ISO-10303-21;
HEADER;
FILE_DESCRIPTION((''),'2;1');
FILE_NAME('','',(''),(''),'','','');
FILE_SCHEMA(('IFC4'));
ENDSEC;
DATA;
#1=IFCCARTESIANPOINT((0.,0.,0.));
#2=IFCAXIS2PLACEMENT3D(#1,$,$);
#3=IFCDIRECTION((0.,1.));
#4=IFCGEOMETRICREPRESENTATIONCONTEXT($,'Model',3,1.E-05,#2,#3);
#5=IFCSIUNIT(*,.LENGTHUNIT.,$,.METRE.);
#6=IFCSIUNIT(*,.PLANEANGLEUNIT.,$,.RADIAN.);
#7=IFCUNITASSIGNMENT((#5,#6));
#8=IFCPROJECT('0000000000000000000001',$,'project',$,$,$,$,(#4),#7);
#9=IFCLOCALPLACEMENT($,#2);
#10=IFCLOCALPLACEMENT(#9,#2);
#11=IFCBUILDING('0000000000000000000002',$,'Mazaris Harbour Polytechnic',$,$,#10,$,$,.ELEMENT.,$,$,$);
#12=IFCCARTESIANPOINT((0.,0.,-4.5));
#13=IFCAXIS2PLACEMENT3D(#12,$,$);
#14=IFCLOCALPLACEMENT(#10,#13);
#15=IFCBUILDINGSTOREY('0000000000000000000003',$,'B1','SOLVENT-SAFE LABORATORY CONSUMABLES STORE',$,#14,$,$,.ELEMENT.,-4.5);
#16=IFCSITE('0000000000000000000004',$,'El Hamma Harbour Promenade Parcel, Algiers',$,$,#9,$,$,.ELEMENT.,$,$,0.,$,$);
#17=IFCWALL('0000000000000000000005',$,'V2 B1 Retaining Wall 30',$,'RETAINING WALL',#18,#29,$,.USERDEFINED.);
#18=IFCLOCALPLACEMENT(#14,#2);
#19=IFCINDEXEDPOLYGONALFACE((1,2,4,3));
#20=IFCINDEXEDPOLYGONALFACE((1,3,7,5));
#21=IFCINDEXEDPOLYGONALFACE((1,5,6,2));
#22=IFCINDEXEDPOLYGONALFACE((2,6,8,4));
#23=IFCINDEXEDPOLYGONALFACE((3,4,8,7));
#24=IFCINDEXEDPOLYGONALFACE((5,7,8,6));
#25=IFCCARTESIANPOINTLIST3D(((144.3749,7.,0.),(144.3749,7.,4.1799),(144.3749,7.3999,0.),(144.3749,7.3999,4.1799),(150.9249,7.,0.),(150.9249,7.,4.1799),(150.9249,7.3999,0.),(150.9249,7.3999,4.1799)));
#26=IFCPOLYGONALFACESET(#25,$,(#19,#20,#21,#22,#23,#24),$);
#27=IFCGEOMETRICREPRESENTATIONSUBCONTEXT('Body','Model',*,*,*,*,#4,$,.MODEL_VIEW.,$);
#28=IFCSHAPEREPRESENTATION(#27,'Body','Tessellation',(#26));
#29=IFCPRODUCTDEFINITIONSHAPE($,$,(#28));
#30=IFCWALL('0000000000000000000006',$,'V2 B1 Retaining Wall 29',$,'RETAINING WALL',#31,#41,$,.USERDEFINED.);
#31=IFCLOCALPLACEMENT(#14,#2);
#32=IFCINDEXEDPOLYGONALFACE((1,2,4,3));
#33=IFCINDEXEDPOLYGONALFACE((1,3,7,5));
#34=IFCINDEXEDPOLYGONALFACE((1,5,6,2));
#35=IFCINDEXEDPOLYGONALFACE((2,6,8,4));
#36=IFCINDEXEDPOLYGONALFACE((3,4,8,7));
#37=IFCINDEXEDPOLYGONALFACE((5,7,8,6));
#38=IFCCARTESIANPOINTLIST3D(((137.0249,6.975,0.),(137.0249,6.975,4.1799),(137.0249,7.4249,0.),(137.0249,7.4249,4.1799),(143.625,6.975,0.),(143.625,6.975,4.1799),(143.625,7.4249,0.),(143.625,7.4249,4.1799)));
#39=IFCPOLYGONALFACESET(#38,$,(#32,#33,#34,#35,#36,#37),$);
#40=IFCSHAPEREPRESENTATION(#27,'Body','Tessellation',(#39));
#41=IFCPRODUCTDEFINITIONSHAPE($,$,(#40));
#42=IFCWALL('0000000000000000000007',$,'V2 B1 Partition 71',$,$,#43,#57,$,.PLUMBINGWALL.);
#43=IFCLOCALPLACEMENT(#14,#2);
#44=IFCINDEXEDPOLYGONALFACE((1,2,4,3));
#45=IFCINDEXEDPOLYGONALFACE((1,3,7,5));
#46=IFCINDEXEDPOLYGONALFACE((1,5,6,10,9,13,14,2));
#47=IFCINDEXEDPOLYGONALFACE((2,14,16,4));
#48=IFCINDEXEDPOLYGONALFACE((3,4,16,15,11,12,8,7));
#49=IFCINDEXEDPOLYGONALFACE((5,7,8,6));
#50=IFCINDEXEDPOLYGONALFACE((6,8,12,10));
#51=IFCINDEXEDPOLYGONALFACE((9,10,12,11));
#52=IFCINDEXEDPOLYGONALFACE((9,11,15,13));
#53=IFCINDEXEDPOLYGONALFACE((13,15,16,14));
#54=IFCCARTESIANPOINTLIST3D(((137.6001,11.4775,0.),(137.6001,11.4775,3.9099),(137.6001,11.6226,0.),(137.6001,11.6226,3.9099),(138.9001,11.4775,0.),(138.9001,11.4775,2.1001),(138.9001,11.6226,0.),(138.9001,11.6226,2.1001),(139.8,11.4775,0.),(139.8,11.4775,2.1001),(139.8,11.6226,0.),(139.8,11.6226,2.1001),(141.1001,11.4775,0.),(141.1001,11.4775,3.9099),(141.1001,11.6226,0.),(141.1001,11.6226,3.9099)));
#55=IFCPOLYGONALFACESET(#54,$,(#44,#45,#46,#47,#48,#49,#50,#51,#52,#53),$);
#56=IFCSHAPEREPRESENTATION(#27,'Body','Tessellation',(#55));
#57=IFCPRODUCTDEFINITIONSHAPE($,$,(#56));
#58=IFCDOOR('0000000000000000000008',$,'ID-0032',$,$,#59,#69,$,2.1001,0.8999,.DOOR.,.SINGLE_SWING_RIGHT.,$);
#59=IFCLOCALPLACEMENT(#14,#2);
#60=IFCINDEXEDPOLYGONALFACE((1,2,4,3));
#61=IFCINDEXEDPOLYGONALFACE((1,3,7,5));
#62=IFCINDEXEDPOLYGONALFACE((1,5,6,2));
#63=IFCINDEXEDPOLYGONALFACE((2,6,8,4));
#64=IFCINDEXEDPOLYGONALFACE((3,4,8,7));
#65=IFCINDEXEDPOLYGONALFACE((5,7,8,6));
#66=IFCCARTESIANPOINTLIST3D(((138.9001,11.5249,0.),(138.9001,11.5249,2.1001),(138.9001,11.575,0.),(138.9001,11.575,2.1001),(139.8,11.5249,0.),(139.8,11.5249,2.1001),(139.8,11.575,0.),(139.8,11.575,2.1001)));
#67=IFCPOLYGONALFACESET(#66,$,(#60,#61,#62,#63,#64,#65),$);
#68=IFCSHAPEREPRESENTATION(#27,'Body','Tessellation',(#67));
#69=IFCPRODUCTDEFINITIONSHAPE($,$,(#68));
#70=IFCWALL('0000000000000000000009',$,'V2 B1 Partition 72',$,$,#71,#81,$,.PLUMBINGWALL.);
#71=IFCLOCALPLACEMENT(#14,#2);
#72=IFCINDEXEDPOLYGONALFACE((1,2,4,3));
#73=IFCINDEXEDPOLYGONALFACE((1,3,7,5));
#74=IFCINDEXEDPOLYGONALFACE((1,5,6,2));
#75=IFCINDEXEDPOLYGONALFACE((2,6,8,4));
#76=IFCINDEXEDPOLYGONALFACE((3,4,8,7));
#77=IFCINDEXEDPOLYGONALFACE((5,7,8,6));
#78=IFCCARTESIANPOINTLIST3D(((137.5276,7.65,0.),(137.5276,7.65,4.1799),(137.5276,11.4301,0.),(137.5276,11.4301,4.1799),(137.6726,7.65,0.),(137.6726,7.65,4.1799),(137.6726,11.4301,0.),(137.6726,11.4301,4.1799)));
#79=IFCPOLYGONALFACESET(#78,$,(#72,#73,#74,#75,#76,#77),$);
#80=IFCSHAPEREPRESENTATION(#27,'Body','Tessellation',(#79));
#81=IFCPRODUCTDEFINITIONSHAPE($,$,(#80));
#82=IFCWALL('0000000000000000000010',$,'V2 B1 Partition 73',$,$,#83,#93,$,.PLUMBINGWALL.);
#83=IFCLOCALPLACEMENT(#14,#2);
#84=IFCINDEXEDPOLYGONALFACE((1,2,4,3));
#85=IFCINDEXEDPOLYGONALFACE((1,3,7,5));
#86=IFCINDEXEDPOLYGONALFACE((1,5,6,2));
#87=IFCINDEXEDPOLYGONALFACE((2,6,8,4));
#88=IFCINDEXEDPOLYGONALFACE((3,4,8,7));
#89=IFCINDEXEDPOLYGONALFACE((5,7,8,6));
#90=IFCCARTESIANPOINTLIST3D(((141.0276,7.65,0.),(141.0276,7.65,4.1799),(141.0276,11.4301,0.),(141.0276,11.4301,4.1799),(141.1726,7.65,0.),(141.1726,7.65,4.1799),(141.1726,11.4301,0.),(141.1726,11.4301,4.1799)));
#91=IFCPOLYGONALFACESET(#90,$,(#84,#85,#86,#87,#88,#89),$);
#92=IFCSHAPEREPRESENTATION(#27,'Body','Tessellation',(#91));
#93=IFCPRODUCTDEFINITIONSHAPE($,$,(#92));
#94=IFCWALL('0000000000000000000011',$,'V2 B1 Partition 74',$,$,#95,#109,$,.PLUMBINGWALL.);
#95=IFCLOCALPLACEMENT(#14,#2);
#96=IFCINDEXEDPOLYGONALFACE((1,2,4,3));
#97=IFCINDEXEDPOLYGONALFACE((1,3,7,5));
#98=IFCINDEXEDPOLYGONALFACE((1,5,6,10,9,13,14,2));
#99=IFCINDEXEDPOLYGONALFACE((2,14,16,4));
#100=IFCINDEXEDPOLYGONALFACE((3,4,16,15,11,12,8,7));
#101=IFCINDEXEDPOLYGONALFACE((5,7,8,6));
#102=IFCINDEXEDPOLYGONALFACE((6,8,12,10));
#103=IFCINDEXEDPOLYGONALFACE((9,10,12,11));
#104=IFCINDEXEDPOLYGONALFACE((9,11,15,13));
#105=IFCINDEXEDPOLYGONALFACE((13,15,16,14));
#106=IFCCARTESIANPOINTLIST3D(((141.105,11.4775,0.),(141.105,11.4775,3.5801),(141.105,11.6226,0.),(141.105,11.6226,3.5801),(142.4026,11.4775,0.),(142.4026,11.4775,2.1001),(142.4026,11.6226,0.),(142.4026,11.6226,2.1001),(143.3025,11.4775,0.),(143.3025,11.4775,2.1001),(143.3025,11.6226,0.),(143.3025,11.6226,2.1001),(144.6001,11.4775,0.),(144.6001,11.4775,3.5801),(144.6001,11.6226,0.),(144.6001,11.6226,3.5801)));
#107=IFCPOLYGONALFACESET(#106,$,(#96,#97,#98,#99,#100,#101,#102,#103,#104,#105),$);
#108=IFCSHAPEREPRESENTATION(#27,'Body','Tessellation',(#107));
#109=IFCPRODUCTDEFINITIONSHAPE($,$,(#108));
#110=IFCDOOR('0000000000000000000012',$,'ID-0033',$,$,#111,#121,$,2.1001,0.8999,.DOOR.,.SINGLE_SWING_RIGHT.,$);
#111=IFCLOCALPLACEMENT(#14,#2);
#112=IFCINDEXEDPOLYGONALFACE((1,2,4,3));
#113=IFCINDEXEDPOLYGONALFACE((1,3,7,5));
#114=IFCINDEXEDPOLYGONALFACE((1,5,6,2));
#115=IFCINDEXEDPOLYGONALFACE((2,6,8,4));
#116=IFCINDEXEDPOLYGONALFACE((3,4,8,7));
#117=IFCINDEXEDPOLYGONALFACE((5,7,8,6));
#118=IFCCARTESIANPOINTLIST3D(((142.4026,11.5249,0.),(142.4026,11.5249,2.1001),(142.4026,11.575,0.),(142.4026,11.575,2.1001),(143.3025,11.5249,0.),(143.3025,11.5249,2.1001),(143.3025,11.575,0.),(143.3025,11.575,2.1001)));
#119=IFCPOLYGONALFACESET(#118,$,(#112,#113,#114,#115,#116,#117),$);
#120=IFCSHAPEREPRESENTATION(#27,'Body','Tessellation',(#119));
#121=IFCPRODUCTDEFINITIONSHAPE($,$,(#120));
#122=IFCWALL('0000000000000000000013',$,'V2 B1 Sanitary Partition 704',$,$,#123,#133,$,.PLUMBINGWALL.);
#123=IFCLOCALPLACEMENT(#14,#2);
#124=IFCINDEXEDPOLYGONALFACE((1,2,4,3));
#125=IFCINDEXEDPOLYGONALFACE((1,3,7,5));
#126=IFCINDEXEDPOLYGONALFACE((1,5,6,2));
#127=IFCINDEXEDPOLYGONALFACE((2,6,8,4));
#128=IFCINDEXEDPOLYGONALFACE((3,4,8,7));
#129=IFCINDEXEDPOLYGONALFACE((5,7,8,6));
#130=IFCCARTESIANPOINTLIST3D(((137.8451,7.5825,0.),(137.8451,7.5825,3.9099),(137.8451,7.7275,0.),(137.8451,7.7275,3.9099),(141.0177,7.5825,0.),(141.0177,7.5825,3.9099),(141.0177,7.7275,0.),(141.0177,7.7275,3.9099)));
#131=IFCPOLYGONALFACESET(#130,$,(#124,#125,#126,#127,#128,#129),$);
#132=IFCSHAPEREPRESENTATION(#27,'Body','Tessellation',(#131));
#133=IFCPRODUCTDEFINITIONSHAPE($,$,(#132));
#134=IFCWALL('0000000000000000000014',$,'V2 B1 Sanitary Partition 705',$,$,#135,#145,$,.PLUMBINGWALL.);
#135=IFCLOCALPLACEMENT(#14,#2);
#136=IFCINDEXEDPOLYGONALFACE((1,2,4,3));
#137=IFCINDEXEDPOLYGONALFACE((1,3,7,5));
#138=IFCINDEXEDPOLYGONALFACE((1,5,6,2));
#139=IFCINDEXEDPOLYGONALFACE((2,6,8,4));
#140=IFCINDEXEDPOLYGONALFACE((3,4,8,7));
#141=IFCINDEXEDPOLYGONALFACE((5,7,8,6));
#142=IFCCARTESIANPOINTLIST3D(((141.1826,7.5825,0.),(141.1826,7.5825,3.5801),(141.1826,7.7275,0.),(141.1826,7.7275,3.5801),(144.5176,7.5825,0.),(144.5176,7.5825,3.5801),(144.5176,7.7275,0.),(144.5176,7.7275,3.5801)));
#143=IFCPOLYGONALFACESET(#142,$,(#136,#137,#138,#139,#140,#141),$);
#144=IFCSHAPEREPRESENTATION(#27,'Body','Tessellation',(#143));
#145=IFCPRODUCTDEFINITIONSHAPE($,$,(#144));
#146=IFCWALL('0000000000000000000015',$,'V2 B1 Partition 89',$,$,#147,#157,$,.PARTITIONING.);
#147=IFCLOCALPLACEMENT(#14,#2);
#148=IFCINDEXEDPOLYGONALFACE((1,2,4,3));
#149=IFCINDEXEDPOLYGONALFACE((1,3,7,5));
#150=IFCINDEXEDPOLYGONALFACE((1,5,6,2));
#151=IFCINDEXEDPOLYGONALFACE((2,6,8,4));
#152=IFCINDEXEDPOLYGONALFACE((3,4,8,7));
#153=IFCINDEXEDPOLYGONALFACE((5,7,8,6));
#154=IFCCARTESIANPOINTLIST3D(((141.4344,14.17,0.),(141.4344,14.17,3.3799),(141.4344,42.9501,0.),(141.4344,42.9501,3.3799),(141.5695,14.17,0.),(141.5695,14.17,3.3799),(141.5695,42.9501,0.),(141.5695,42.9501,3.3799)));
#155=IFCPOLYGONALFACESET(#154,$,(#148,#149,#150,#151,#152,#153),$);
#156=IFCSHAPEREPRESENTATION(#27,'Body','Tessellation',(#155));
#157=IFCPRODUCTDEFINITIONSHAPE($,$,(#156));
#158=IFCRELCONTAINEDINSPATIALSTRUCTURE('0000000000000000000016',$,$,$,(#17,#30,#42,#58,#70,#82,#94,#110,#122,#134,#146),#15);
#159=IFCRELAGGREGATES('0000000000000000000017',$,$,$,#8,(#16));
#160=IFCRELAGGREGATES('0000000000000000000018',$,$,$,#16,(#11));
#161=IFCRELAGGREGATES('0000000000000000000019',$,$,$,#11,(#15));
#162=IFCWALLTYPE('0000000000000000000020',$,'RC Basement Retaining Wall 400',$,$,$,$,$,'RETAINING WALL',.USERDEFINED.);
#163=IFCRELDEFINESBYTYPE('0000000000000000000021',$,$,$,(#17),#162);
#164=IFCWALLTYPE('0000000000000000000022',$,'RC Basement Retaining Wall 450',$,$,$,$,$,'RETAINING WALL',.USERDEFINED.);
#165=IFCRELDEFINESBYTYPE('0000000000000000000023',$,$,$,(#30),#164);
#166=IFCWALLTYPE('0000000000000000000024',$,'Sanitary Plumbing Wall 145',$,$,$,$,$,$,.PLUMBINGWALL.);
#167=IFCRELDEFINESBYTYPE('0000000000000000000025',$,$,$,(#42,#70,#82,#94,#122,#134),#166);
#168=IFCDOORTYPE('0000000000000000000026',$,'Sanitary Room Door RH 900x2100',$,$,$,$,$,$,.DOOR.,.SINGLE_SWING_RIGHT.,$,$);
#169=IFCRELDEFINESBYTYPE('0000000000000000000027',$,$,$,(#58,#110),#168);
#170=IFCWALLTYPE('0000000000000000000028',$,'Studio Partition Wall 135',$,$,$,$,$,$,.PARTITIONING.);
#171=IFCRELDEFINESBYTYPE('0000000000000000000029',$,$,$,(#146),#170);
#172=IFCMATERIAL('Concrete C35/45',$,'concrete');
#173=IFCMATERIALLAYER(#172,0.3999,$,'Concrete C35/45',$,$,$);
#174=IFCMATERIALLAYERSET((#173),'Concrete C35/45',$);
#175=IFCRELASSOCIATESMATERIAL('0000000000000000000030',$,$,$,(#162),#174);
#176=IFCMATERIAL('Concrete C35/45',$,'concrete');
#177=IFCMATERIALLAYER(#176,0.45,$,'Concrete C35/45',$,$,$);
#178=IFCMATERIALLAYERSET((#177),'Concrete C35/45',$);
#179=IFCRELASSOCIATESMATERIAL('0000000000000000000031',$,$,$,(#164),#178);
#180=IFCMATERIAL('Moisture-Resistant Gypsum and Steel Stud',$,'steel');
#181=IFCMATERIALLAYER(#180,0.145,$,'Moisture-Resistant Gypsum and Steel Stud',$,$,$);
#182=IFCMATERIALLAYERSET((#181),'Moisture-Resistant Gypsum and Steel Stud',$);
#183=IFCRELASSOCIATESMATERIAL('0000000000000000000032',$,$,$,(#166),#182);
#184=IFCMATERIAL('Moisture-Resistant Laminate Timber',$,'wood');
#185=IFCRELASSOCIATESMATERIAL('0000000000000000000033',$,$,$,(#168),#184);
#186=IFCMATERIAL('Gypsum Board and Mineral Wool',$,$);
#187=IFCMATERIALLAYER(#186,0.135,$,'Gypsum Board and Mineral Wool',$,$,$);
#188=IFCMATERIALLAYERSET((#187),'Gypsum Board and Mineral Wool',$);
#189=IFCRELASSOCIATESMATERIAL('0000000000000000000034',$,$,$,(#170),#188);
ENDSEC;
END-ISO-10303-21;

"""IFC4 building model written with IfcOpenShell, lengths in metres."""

from ifc_helpers import new_model, si_unit, direction, frame, frame_2d, origin, place, context, subcontext, project, spatial, rectangle, extrude, material, layer, layer_set, type_object, element, fill, save


model = new_model("IFC4")

# Units and contexts
model_context = context("Model", 3, precision=1e-05, world=origin(), true_north=direction((0.0, 1.0)))
body_context = subcontext(model_context, "Body", "Model", "MODEL_VIEW")
ifc_project = project(units=[si_unit("LENGTHUNIT", "METRE"), si_unit("PLANEANGLEUNIT", "RADIAN")], contexts=[model_context])

# Site, building, storey
site_placement = place(None, origin())
site = spatial("IfcSite", under=ifc_project, at=site_placement, Name="El Hamma Harbour Promenade Parcel, Algiers", CompositionType="ELEMENT", RefElevation=0.0)
building_placement = place(site_placement, origin())
building = spatial("IfcBuilding", under=site, at=building_placement, Name="Mazaris Harbour Polytechnic", CompositionType="ELEMENT")
storey_placement = place(building_placement, frame((0.0, 0.0, -4.5)))
storey = spatial("IfcBuildingStorey", under=building, at=storey_placement, Name="B1", Description="SOLVENT-SAFE LABORATORY CONSUMABLES STORE", CompositionType="ELEMENT", Elevation=-4.5)

# Walls
ifc_material_1 = material(Name="Concrete C35/45", Category="concrete")
ifc_layer_1 = layer(ifc_material_1, 0.3999, Name="Concrete C35/45")
ifc_layer_set_1 = layer_set([ifc_layer_1], Name="Concrete C35/45")
wall_type_1 = type_object("IfcWallType", Name="RC Basement Retaining Wall 400", ElementType="RETAINING WALL", PredefinedType="USERDEFINED", material=ifc_layer_set_1)
wall_1_placement = place(storey_placement, frame((144.375, 7.2, 0.0), z_axis=(0.0, 0.0, 1.0), x_axis=(1.0, 0.0, 0.0)))
element("IfcWall", 1, at=wall_1_placement, inside=storey, type_object=wall_type_1, Name="V2 B1 Retaining Wall 30", ObjectType="RETAINING WALL", PredefinedType="USERDEFINED", context=body_context, shape_type="SweptSolid", body=[
    extrude(rectangle(XDim=6.55, YDim=0.3999, at=frame_2d((3.2749, 0.0))), origin(), (0.0, 0.0, 1.0), 4.1799),
])
ifc_material_2 = material(Name="Concrete C35/45", Category="concrete")
ifc_layer_2 = layer(ifc_material_2, 0.45, Name="Concrete C35/45")
ifc_layer_set_2 = layer_set([ifc_layer_2], Name="Concrete C35/45")
wall_type_2 = type_object("IfcWallType", Name="RC Basement Retaining Wall 450", ElementType="RETAINING WALL", PredefinedType="USERDEFINED", material=ifc_layer_set_2)
wall_2_placement = place(storey_placement, frame((137.0249, 7.2, 0.0), z_axis=(0.0, 0.0, 1.0), x_axis=(1.0, 0.0, 0.0)))
element("IfcWall", 2, at=wall_2_placement, inside=storey, type_object=wall_type_2, Name="V2 B1 Retaining Wall 29", ObjectType="RETAINING WALL", PredefinedType="USERDEFINED", context=body_context, shape_type="SweptSolid", body=[
    extrude(rectangle(XDim=6.6001, YDim=0.45, at=frame_2d((3.3, 0.0))), origin(), (0.0, 0.0, 1.0), 4.1799),
])

# Wall, opening, door
ifc_material_3 = material(Name="Moisture-Resistant Gypsum and Steel Stud", Category="steel")
ifc_layer_3 = layer(ifc_material_3, 0.145, Name="Moisture-Resistant Gypsum and Steel Stud")
ifc_layer_set_3 = layer_set([ifc_layer_3], Name="Moisture-Resistant Gypsum and Steel Stud")
wall_type_3 = type_object("IfcWallType", Name="Sanitary Plumbing Wall 145", PredefinedType="PLUMBINGWALL", material=ifc_layer_set_3)
wall_3_placement = place(storey_placement, frame((137.6001, 11.55, 0.0), z_axis=(0.0, 0.0, 1.0), x_axis=(1.0, 0.0, 0.0)))
wall_3 = element("IfcWall", 3, at=wall_3_placement, inside=storey, type_object=wall_type_3, Name="V2 B1 Partition 71", PredefinedType="PLUMBINGWALL", context=body_context, shape_type="SweptSolid", body=[
    extrude(rectangle(XDim=3.5, YDim=0.145, at=frame_2d((1.75, 0.0))), origin(), (0.0, 0.0, 1.0), 3.9099),
])
opening_1_placement = place(wall_3_placement, frame((1.3, 0.0, 0.0)))
opening_1 = element("IfcOpeningElement", 4, at=opening_1_placement, cuts=wall_3, PredefinedType="OPENING", context=body_context, shape_type="SweptSolid", body=[
    extrude(rectangle(XDim=0.8999, YDim=2.1001, at=frame_2d((0.45, 1.05))), frame((0.0, 0.0825, 0.0), z_axis=(0.0, -1.0, 0.0), x_axis=(1.0, 0.0, 0.0)), (0.0, 0.0, 1.0), 0.165),
])
ifc_material_4 = material(Name="Moisture-Resistant Laminate Timber", Category="wood")
door_type_1 = type_object("IfcDoorType", Name="Sanitary Room Door RH 900x2100", OperationType="SINGLE_SWING_RIGHT", PredefinedType="DOOR", material=ifc_material_4)
door_1_placement = place(opening_1_placement, origin())
door_1 = element("IfcDoor", 5, at=door_1_placement, inside=storey, type_object=door_type_1, Name="ID-0032", OperationType="SINGLE_SWING_RIGHT", OverallHeight=2.1001, OverallWidth=0.8999, PredefinedType="DOOR", context=body_context, shape_type="SweptSolid", body=[
    extrude(rectangle(XDim=0.8999, YDim=2.1001, at=frame_2d((0.45, 1.05))), frame((0.0, 0.0249, 0.0), z_axis=(0.0, -1.0, 0.0), x_axis=(1.0, 0.0, 0.0)), (0.0, 0.0, 1.0), 0.05),
])
fill(opening_1, door_1)

# Walls
for number, where, z_axis, x_axis, name in (
    (6, (137.6001, 7.6499, 0.0), (0.0, 0.0, 1.0), (0.0, 1.0, 0.0), "V2 B1 Partition 72"),
    (7, (141.1001, 7.6499, 0.0), (0.0, 0.0, 1.0), (0.0, 1.0, 0.0), "V2 B1 Partition 73"),
):
    element("IfcWall", number, at=place(storey_placement, frame(where, z_axis=z_axis, x_axis=x_axis)), inside=storey, type_object=wall_type_3, Name=name, PredefinedType="PLUMBINGWALL", context=body_context, shape_type="SweptSolid", body=[
        extrude(rectangle(XDim=3.78, YDim=0.145, at=frame_2d((1.8901, 0.0))), origin(), (0.0, 0.0, 1.0), 4.1799),
    ])

# Wall, opening, door
wall_4_placement = place(storey_placement, frame((141.105, 11.55, 0.0), z_axis=(0.0, 0.0, 1.0), x_axis=(1.0, 0.0, 0.0)))
wall_4 = element("IfcWall", 8, at=wall_4_placement, inside=storey, type_object=wall_type_3, Name="V2 B1 Partition 74", PredefinedType="PLUMBINGWALL", context=body_context, shape_type="SweptSolid", body=[
    extrude(rectangle(XDim=3.4951, YDim=0.145, at=frame_2d((1.7476, 0.0))), origin(), (0.0, 0.0, 1.0), 3.5801),
])
opening_2_placement = place(wall_4_placement, frame((1.2976, 0.0, 0.0)))
opening_2 = element("IfcOpeningElement", 9, at=opening_2_placement, cuts=wall_4, PredefinedType="OPENING", context=body_context, shape_type="SweptSolid", body=[
    extrude(rectangle(XDim=0.8999, YDim=2.1001, at=frame_2d((0.45, 1.05))), frame((0.0, 0.0825, 0.0), z_axis=(0.0, -1.0, 0.0), x_axis=(1.0, 0.0, 0.0)), (0.0, 0.0, 1.0), 0.165),
])
door_2_placement = place(opening_2_placement, origin())
door_2 = element("IfcDoor", 10, at=door_2_placement, inside=storey, type_object=door_type_1, Name="ID-0033", OperationType="SINGLE_SWING_RIGHT", OverallHeight=2.1001, OverallWidth=0.8999, PredefinedType="DOOR", context=body_context, shape_type="SweptSolid", body=[
    extrude(rectangle(XDim=0.8999, YDim=2.1001, at=frame_2d((0.45, 1.05))), frame((0.0, 0.0249, 0.0), z_axis=(0.0, -1.0, 0.0), x_axis=(1.0, 0.0, 0.0)), (0.0, 0.0, 1.0), 0.05),
])
fill(opening_2, door_2)

# Walls
wall_5_placement = place(storey_placement, frame((137.845, 7.655, 0.0), z_axis=(0.0, 0.0, 1.0), x_axis=(1.0, 0.0, 0.0)))
element("IfcWall", 11, at=wall_5_placement, inside=storey, type_object=wall_type_3, Name="V2 B1 Sanitary Partition 704", PredefinedType="PLUMBINGWALL", context=body_context, shape_type="SweptSolid", body=[
    extrude(rectangle(XDim=3.1726, YDim=0.145, at=frame_2d((1.5864, 0.0))), origin(), (0.0, 0.0, 1.0), 3.9099),
])
wall_6_placement = place(storey_placement, frame((141.1826, 7.655, 0.0), z_axis=(0.0, 0.0, 1.0), x_axis=(1.0, 0.0, 0.0)))
element("IfcWall", 12, at=wall_6_placement, inside=storey, type_object=wall_type_3, Name="V2 B1 Sanitary Partition 705", PredefinedType="PLUMBINGWALL", context=body_context, shape_type="SweptSolid", body=[
    extrude(rectangle(XDim=3.335, YDim=0.145, at=frame_2d((1.6675, 0.0))), origin(), (0.0, 0.0, 1.0), 3.5801),
])
ifc_material_5 = material(Name="Gypsum Board and Mineral Wool")
ifc_layer_4 = layer(ifc_material_5, 0.135, Name="Gypsum Board and Mineral Wool")
ifc_layer_set_4 = layer_set([ifc_layer_4], Name="Gypsum Board and Mineral Wool")
wall_type_4 = type_object("IfcWallType", Name="Studio Partition Wall 135", PredefinedType="PARTITIONING", material=ifc_layer_set_4)
wall_7_placement = place(storey_placement, frame((141.502, 14.1699, 0.0), z_axis=(0.0, 0.0, 1.0), x_axis=(0.0, 1.0, 0.0)))
element("IfcWall", 13, at=wall_7_placement, inside=storey, type_object=wall_type_4, Name="V2 B1 Partition 89", PredefinedType="PARTITIONING", context=body_context, shape_type="SweptSolid", body=[
    extrude(rectangle(XDim=28.78, YDim=0.135, at=frame_2d((14.3901, 0.0))), origin(), (0.0, 0.0, 1.0), 3.3799),
])

save(model, "model.ifc")
